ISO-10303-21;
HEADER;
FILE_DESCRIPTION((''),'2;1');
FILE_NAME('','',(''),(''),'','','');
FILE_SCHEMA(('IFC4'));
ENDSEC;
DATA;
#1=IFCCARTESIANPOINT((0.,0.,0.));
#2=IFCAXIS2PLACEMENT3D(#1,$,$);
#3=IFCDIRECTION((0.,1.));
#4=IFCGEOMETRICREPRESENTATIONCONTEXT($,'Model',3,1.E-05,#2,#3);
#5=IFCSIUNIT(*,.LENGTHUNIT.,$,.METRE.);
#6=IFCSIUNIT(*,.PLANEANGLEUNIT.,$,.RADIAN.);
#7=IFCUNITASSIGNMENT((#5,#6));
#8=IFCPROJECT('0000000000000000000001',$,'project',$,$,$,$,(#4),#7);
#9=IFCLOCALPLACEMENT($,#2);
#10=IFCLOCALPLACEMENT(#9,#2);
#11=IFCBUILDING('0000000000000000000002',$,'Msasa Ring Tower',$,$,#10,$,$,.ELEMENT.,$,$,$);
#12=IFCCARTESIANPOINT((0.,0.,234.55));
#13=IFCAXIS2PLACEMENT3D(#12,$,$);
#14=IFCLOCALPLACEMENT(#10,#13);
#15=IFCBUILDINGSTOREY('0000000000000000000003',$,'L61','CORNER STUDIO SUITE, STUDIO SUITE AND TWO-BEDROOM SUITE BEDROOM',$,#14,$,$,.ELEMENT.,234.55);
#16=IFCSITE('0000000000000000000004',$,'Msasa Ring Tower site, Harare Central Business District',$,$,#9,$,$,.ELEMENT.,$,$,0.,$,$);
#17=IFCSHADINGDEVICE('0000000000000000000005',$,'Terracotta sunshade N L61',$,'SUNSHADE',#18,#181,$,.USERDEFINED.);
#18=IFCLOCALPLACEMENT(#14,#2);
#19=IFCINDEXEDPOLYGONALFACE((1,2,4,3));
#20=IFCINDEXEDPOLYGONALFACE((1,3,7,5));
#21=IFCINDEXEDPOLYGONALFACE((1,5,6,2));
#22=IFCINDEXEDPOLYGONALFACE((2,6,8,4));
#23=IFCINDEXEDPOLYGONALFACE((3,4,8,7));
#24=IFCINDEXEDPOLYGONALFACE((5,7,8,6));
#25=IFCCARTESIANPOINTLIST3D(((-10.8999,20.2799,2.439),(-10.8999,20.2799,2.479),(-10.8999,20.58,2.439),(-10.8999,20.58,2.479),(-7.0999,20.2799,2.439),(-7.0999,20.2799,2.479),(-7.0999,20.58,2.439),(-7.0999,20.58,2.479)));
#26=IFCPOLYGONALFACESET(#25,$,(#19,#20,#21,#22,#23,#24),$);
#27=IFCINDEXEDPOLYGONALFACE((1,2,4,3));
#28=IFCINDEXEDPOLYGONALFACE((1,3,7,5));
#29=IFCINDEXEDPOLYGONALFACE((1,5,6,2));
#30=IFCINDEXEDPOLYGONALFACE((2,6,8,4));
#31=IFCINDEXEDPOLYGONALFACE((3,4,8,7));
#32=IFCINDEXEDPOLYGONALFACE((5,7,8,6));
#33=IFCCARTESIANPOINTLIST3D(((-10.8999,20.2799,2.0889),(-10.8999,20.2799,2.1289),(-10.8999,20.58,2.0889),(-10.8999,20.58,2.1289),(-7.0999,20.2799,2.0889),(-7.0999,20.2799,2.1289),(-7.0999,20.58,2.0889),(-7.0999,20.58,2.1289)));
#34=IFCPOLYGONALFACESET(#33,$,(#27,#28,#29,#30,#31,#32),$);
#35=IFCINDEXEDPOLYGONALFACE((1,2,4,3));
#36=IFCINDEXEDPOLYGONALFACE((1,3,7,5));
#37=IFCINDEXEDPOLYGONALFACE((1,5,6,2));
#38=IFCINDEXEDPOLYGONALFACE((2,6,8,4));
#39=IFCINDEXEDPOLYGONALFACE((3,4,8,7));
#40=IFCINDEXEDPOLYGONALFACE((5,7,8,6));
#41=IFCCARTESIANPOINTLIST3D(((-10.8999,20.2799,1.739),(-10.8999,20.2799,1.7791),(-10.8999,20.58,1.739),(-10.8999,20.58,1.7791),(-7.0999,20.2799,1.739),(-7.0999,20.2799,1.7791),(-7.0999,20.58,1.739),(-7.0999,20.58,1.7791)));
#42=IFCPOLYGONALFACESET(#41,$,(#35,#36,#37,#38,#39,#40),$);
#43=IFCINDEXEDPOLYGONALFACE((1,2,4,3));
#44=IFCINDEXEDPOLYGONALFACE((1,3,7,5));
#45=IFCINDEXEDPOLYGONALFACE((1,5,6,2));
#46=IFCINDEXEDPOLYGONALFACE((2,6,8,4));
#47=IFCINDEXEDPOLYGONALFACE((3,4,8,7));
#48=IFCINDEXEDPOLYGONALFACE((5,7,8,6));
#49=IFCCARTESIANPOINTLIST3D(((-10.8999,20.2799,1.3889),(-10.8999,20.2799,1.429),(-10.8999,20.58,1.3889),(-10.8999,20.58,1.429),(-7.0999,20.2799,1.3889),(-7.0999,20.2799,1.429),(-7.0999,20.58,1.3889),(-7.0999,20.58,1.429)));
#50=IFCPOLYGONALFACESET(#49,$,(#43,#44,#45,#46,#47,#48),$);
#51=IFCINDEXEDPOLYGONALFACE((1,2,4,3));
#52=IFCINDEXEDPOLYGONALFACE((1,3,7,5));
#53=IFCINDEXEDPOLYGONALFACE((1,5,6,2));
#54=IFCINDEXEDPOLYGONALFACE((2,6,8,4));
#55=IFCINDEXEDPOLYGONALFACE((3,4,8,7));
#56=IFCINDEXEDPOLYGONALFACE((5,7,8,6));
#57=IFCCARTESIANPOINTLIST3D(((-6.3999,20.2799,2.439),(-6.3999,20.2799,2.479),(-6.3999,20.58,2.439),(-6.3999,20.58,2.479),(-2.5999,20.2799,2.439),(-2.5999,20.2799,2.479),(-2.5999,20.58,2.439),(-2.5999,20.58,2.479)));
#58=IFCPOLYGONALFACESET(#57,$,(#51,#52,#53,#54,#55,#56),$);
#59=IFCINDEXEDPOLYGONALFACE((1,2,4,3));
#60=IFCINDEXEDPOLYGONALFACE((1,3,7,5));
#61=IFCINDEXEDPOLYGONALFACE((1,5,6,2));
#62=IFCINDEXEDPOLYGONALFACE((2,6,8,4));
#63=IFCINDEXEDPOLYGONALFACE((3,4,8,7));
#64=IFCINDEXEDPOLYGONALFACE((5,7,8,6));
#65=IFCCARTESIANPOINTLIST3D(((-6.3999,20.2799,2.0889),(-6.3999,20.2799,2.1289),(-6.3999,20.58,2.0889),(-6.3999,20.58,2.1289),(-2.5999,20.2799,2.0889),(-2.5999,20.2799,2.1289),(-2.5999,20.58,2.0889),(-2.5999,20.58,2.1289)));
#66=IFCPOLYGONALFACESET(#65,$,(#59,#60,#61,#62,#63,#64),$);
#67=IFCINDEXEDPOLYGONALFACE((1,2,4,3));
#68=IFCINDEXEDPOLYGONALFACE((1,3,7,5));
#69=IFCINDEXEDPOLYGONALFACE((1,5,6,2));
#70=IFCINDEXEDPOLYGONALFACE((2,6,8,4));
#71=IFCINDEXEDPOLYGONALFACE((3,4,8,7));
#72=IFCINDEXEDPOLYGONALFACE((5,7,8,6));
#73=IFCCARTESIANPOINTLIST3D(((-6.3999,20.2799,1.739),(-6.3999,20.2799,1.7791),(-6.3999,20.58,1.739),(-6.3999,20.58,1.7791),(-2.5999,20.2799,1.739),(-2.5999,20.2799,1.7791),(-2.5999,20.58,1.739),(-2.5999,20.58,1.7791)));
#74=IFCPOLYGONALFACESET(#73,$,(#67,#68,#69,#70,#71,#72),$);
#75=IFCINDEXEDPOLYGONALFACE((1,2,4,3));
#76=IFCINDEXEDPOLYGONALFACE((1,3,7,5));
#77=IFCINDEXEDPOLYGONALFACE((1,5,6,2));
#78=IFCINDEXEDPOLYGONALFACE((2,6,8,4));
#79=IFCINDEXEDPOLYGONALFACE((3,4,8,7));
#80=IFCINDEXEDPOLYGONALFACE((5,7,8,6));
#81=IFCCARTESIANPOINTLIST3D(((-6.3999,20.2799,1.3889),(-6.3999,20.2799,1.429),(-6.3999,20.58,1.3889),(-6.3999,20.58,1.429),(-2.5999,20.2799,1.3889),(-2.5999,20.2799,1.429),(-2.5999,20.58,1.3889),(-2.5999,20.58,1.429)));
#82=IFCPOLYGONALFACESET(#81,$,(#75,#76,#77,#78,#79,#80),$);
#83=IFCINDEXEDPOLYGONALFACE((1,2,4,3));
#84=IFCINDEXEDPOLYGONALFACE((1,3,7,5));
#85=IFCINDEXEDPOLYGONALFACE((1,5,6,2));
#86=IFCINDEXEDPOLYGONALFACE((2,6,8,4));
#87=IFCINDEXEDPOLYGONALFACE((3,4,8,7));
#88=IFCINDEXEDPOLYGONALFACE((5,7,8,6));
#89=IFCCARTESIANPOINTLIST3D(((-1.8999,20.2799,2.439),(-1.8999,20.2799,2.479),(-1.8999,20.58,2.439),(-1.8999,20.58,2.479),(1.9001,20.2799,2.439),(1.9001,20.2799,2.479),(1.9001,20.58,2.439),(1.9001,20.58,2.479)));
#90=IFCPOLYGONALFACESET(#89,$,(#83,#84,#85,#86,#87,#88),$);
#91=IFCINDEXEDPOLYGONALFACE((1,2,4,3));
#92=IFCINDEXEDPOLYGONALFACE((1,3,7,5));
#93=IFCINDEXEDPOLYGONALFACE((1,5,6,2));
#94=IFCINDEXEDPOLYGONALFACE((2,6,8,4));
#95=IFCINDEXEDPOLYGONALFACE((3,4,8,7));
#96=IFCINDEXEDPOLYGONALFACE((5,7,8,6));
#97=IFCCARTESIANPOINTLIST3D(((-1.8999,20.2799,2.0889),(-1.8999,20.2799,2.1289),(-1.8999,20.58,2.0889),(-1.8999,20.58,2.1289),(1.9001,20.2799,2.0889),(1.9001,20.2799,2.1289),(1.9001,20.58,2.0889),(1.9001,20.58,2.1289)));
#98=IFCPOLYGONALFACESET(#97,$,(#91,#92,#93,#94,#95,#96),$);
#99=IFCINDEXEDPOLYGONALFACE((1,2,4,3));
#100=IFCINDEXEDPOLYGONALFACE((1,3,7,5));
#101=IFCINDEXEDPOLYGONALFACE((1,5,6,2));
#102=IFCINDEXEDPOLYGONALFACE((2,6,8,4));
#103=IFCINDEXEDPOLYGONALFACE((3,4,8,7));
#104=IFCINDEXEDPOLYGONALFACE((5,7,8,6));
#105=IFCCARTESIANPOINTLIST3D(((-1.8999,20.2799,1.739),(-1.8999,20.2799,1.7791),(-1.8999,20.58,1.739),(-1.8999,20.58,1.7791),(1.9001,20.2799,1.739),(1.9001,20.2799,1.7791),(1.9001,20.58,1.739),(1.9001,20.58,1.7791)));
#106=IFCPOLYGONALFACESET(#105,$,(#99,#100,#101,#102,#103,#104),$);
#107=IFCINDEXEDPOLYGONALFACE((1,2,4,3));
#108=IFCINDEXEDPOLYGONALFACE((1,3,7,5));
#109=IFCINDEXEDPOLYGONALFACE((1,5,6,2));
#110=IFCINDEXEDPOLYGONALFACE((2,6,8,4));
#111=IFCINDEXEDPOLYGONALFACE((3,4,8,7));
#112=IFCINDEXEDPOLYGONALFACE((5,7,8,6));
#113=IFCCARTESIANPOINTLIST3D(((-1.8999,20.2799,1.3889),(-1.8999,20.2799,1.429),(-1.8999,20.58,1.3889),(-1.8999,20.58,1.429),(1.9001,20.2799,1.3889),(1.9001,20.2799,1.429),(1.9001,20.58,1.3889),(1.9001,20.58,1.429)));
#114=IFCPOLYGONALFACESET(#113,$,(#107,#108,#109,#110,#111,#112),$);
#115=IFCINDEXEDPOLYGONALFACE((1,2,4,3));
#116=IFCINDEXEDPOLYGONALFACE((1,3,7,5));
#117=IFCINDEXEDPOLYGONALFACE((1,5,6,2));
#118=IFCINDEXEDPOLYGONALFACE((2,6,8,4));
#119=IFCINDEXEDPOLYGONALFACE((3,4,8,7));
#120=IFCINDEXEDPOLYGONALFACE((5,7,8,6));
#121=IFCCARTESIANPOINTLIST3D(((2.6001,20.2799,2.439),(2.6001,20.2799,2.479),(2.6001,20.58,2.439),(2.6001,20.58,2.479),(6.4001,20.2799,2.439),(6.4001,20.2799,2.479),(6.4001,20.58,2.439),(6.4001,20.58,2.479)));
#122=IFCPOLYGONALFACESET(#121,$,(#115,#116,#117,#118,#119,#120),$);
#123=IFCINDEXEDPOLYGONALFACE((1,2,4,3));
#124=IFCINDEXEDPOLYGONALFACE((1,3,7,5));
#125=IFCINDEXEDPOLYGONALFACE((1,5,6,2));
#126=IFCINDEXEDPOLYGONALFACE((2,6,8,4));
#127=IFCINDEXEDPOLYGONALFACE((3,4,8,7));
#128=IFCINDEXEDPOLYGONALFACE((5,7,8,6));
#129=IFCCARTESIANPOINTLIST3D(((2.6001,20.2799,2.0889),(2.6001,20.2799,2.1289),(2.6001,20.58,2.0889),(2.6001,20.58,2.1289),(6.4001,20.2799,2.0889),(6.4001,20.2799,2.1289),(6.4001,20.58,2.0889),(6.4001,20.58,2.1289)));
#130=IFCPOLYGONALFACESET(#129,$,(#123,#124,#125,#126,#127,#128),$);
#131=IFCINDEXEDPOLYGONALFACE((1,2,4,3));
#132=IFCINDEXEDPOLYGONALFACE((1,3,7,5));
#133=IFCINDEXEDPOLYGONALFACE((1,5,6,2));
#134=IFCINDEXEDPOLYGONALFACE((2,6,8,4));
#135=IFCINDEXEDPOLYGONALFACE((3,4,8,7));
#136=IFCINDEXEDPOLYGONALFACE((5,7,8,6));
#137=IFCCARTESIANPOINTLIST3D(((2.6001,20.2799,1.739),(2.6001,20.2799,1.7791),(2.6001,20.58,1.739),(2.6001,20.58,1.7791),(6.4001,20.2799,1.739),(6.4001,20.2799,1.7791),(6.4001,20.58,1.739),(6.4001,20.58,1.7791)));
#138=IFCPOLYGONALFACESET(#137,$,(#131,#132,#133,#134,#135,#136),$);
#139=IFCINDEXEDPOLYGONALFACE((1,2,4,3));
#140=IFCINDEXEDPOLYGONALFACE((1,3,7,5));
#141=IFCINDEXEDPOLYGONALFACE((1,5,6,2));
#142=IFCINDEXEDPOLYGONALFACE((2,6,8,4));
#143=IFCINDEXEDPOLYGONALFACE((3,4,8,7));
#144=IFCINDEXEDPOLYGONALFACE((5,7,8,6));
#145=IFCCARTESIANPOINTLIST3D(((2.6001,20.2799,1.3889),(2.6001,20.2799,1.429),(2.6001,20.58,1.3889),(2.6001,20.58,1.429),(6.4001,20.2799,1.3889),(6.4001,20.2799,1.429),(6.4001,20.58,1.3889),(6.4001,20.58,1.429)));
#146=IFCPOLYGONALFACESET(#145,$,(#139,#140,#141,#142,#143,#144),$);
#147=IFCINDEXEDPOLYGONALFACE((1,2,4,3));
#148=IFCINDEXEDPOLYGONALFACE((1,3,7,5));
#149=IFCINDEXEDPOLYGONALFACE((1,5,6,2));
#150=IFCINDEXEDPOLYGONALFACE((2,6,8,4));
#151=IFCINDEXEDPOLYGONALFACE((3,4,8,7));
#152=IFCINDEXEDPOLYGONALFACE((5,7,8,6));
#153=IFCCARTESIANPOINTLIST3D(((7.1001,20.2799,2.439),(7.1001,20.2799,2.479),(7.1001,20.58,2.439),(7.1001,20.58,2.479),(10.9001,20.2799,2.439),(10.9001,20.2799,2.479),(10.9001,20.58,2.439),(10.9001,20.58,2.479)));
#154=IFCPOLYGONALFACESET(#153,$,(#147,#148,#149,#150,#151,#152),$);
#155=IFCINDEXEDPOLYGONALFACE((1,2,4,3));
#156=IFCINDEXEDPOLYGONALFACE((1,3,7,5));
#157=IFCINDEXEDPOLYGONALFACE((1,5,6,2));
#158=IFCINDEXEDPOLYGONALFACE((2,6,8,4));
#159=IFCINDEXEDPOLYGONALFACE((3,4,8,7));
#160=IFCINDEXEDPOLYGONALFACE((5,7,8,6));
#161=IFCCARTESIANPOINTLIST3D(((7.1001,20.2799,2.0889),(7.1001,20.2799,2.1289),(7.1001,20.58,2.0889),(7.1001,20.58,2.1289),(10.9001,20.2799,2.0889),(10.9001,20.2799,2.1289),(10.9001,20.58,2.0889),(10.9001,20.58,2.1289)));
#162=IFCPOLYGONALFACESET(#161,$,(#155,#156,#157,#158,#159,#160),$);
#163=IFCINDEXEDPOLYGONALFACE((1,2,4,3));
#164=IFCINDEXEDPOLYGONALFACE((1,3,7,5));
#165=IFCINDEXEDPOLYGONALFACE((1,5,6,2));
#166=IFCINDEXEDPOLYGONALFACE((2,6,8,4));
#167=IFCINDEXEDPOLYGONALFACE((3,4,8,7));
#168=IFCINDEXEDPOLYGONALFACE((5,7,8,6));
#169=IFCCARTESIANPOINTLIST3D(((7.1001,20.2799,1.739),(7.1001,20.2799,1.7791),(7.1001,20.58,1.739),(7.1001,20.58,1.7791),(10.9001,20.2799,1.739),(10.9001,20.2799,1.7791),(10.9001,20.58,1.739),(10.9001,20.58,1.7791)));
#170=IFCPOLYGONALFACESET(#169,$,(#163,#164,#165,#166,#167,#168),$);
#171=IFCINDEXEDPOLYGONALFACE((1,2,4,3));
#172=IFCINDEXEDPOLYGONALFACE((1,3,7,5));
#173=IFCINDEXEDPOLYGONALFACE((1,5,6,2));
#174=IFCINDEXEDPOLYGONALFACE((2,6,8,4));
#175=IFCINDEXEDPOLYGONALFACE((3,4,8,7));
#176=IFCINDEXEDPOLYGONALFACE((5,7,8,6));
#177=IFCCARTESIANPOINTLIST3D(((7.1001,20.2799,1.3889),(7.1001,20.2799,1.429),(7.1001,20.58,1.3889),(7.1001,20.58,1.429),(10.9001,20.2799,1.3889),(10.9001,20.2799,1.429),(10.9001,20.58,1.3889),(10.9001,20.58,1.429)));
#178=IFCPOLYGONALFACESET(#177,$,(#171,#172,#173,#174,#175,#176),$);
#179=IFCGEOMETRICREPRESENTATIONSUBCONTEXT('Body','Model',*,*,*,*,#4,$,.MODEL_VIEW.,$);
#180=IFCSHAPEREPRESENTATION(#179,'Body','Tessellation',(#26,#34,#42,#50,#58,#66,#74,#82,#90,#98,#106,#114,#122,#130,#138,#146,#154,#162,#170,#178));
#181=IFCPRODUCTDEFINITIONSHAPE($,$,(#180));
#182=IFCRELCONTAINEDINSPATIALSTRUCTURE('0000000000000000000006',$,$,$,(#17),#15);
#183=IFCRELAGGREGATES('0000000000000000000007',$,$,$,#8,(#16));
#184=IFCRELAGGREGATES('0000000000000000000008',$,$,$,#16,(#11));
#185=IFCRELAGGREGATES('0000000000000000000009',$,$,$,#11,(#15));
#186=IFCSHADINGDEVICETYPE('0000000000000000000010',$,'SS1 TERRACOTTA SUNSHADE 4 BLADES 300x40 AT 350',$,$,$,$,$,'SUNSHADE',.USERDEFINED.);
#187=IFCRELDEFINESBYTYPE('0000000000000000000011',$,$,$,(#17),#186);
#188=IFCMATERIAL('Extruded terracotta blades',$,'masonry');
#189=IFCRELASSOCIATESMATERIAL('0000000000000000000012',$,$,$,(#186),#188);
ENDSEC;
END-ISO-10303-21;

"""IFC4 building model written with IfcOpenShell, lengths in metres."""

from ifc_helpers import new_model, si_unit, direction, frame, origin, origin_2d, place, context, subcontext, project, spatial, rectangle, extrude, material, type_object, element, save


model = new_model("IFC4")

# Units and contexts
model_context = context("Model", 3, precision=1e-05, world=origin(), true_north=direction((0.0, 1.0)))
body_context = subcontext(model_context, "Body", "Model", "MODEL_VIEW")
ifc_project = project(units=[si_unit("LENGTHUNIT", "METRE"), si_unit("PLANEANGLEUNIT", "RADIAN")], contexts=[model_context])

# Site, building, storey
site_placement = place(None, origin())
site = spatial("IfcSite", under=ifc_project, at=site_placement, Name="Msasa Ring Tower site, Harare Central Business District", CompositionType="ELEMENT", RefElevation=0.0)
building_placement = place(site_placement, origin())
building = spatial("IfcBuilding", under=site, at=building_placement, Name="Msasa Ring Tower", CompositionType="ELEMENT")
storey_placement = place(building_placement, frame((0.0, 0.0, 234.55)))
storey = spatial("IfcBuildingStorey", under=building, at=storey_placement, Name="L61", Description="CORNER STUDIO SUITE, STUDIO SUITE AND TWO-BEDROOM SUITE BEDROOM", CompositionType="ELEMENT", Elevation=234.55)

# Shading device
ifc_material_1 = material(Name="Extruded terracotta blades", Category="masonry")
shading_device_type_1 = type_object("IfcShadingDeviceType", Name="SS1 TERRACOTTA SUNSHADE 4 BLADES 300x40 AT 350", ElementType="SUNSHADE", PredefinedType="USERDEFINED", material=ifc_material_1)
shading_device_1_placement = place(storey_placement, origin())
element("IfcShadingDevice", 1, at=shading_device_1_placement, inside=storey, type_object=shading_device_type_1, Name="Terracotta sunshade N L61", ObjectType="SUNSHADE", PredefinedType="USERDEFINED", context=body_context, shape_type="SweptSolid", body=[
    extrude(rectangle(XDim=0.04, YDim=0.3, at=origin_2d()), frame((-10.8999, 20.4299, 2.459), z_axis=(1.0, 0.0, 0.0), x_axis=(0.0, 0.0, 1.0)), (0.0, 0.0, 1.0), 3.8),
    extrude(rectangle(XDim=0.04, YDim=0.3, at=origin_2d()), frame((-10.8999, 20.4299, 2.1089), z_axis=(1.0, 0.0, 0.0), x_axis=(0.0, 0.0, 1.0)), (0.0, 0.0, 1.0), 3.8),
    extrude(rectangle(XDim=0.04, YDim=0.3, at=origin_2d()), frame((-10.8999, 20.4299, 1.759), z_axis=(1.0, 0.0, 0.0), x_axis=(0.0, 0.0, 1.0)), (0.0, 0.0, 1.0), 3.8),
    extrude(rectangle(XDim=0.04, YDim=0.3, at=origin_2d()), frame((-10.8999, 20.4299, 1.4089), z_axis=(1.0, 0.0, 0.0), x_axis=(0.0, 0.0, 1.0)), (0.0, 0.0, 1.0), 3.8),
    extrude(rectangle(XDim=0.04, YDim=0.3, at=origin_2d()), frame((-6.3999, 20.4299, 2.459), z_axis=(1.0, 0.0, 0.0), x_axis=(0.0, 0.0, 1.0)), (0.0, 0.0, 1.0), 3.8),
    extrude(rectangle(XDim=0.04, YDim=0.3, at=origin_2d()), frame((-6.3999, 20.4299, 2.1089), z_axis=(1.0, 0.0, 0.0), x_axis=(0.0, 0.0, 1.0)), (0.0, 0.0, 1.0), 3.8),
    extrude(rectangle(XDim=0.04, YDim=0.3, at=origin_2d()), frame((-6.3999, 20.4299, 1.759), z_axis=(1.0, 0.0, 0.0), x_axis=(0.0, 0.0, 1.0)), (0.0, 0.0, 1.0), 3.8),
    extrude(rectangle(XDim=0.04, YDim=0.3, at=origin_2d()), frame((-6.3999, 20.4299, 1.4089), z_axis=(1.0, 0.0, 0.0), x_axis=(0.0, 0.0, 1.0)), (0.0, 0.0, 1.0), 3.8),
    extrude(rectangle(XDim=0.04, YDim=0.3, at=origin_2d()), frame((-1.8999, 20.4299, 2.459), z_axis=(1.0, 0.0, 0.0), x_axis=(0.0, 0.0, 1.0)), (0.0, 0.0, 1.0), 3.8),
    extrude(rectangle(XDim=0.04, YDim=0.3, at=origin_2d()), frame((-1.8999, 20.4299, 2.1089), z_axis=(1.0, 0.0, 0.0), x_axis=(0.0, 0.0, 1.0)), (0.0, 0.0, 1.0), 3.8),
    extrude(rectangle(XDim=0.04, YDim=0.3, at=origin_2d()), frame((-1.8999, 20.4299, 1.759), z_axis=(1.0, 0.0, 0.0), x_axis=(0.0, 0.0, 1.0)), (0.0, 0.0, 1.0), 3.8),
    extrude(rectangle(XDim=0.04, YDim=0.3, at=origin_2d()), frame((-1.8999, 20.4299, 1.4089), z_axis=(1.0, 0.0, 0.0), x_axis=(0.0, 0.0, 1.0)), (0.0, 0.0, 1.0), 3.8),
    extrude(rectangle(XDim=0.04, YDim=0.3, at=origin_2d()), frame((2.6001, 20.4299, 2.459), z_axis=(1.0, 0.0, 0.0), x_axis=(0.0, 0.0, 1.0)), (0.0, 0.0, 1.0), 3.8),
    extrude(rectangle(XDim=0.04, YDim=0.3, at=origin_2d()), frame((2.6001, 20.4299, 2.1089), z_axis=(1.0, 0.0, 0.0), x_axis=(0.0, 0.0, 1.0)), (0.0, 0.0, 1.0), 3.8),
    extrude(rectangle(XDim=0.04, YDim=0.3, at=origin_2d()), frame((2.6001, 20.4299, 1.759), z_axis=(1.0, 0.0, 0.0), x_axis=(0.0, 0.0, 1.0)), (0.0, 0.0, 1.0), 3.8),
    extrude(rectangle(XDim=0.04, YDim=0.3, at=origin_2d()), frame((2.6001, 20.4299, 1.4089), z_axis=(1.0, 0.0, 0.0), x_axis=(0.0, 0.0, 1.0)), (0.0, 0.0, 1.0), 3.8),
    extrude(rectangle(XDim=0.04, YDim=0.3, at=origin_2d()), frame((7.1001, 20.4299, 2.459), z_axis=(1.0, 0.0, 0.0), x_axis=(0.0, 0.0, 1.0)), (0.0, 0.0, 1.0), 3.8),
    extrude(rectangle(XDim=0.04, YDim=0.3, at=origin_2d()), frame((7.1001, 20.4299, 2.1089), z_axis=(1.0, 0.0, 0.0), x_axis=(0.0, 0.0, 1.0)), (0.0, 0.0, 1.0), 3.8),
    extrude(rectangle(XDim=0.04, YDim=0.3, at=origin_2d()), frame((7.1001, 20.4299, 1.759), z_axis=(1.0, 0.0, 0.0), x_axis=(0.0, 0.0, 1.0)), (0.0, 0.0, 1.0), 3.8),
    extrude(rectangle(XDim=0.04, YDim=0.3, at=origin_2d()), frame((7.1001, 20.4299, 1.4089), z_axis=(1.0, 0.0, 0.0), x_axis=(0.0, 0.0, 1.0)), (0.0, 0.0, 1.0), 3.8),
])

save(model, "model.ifc")
